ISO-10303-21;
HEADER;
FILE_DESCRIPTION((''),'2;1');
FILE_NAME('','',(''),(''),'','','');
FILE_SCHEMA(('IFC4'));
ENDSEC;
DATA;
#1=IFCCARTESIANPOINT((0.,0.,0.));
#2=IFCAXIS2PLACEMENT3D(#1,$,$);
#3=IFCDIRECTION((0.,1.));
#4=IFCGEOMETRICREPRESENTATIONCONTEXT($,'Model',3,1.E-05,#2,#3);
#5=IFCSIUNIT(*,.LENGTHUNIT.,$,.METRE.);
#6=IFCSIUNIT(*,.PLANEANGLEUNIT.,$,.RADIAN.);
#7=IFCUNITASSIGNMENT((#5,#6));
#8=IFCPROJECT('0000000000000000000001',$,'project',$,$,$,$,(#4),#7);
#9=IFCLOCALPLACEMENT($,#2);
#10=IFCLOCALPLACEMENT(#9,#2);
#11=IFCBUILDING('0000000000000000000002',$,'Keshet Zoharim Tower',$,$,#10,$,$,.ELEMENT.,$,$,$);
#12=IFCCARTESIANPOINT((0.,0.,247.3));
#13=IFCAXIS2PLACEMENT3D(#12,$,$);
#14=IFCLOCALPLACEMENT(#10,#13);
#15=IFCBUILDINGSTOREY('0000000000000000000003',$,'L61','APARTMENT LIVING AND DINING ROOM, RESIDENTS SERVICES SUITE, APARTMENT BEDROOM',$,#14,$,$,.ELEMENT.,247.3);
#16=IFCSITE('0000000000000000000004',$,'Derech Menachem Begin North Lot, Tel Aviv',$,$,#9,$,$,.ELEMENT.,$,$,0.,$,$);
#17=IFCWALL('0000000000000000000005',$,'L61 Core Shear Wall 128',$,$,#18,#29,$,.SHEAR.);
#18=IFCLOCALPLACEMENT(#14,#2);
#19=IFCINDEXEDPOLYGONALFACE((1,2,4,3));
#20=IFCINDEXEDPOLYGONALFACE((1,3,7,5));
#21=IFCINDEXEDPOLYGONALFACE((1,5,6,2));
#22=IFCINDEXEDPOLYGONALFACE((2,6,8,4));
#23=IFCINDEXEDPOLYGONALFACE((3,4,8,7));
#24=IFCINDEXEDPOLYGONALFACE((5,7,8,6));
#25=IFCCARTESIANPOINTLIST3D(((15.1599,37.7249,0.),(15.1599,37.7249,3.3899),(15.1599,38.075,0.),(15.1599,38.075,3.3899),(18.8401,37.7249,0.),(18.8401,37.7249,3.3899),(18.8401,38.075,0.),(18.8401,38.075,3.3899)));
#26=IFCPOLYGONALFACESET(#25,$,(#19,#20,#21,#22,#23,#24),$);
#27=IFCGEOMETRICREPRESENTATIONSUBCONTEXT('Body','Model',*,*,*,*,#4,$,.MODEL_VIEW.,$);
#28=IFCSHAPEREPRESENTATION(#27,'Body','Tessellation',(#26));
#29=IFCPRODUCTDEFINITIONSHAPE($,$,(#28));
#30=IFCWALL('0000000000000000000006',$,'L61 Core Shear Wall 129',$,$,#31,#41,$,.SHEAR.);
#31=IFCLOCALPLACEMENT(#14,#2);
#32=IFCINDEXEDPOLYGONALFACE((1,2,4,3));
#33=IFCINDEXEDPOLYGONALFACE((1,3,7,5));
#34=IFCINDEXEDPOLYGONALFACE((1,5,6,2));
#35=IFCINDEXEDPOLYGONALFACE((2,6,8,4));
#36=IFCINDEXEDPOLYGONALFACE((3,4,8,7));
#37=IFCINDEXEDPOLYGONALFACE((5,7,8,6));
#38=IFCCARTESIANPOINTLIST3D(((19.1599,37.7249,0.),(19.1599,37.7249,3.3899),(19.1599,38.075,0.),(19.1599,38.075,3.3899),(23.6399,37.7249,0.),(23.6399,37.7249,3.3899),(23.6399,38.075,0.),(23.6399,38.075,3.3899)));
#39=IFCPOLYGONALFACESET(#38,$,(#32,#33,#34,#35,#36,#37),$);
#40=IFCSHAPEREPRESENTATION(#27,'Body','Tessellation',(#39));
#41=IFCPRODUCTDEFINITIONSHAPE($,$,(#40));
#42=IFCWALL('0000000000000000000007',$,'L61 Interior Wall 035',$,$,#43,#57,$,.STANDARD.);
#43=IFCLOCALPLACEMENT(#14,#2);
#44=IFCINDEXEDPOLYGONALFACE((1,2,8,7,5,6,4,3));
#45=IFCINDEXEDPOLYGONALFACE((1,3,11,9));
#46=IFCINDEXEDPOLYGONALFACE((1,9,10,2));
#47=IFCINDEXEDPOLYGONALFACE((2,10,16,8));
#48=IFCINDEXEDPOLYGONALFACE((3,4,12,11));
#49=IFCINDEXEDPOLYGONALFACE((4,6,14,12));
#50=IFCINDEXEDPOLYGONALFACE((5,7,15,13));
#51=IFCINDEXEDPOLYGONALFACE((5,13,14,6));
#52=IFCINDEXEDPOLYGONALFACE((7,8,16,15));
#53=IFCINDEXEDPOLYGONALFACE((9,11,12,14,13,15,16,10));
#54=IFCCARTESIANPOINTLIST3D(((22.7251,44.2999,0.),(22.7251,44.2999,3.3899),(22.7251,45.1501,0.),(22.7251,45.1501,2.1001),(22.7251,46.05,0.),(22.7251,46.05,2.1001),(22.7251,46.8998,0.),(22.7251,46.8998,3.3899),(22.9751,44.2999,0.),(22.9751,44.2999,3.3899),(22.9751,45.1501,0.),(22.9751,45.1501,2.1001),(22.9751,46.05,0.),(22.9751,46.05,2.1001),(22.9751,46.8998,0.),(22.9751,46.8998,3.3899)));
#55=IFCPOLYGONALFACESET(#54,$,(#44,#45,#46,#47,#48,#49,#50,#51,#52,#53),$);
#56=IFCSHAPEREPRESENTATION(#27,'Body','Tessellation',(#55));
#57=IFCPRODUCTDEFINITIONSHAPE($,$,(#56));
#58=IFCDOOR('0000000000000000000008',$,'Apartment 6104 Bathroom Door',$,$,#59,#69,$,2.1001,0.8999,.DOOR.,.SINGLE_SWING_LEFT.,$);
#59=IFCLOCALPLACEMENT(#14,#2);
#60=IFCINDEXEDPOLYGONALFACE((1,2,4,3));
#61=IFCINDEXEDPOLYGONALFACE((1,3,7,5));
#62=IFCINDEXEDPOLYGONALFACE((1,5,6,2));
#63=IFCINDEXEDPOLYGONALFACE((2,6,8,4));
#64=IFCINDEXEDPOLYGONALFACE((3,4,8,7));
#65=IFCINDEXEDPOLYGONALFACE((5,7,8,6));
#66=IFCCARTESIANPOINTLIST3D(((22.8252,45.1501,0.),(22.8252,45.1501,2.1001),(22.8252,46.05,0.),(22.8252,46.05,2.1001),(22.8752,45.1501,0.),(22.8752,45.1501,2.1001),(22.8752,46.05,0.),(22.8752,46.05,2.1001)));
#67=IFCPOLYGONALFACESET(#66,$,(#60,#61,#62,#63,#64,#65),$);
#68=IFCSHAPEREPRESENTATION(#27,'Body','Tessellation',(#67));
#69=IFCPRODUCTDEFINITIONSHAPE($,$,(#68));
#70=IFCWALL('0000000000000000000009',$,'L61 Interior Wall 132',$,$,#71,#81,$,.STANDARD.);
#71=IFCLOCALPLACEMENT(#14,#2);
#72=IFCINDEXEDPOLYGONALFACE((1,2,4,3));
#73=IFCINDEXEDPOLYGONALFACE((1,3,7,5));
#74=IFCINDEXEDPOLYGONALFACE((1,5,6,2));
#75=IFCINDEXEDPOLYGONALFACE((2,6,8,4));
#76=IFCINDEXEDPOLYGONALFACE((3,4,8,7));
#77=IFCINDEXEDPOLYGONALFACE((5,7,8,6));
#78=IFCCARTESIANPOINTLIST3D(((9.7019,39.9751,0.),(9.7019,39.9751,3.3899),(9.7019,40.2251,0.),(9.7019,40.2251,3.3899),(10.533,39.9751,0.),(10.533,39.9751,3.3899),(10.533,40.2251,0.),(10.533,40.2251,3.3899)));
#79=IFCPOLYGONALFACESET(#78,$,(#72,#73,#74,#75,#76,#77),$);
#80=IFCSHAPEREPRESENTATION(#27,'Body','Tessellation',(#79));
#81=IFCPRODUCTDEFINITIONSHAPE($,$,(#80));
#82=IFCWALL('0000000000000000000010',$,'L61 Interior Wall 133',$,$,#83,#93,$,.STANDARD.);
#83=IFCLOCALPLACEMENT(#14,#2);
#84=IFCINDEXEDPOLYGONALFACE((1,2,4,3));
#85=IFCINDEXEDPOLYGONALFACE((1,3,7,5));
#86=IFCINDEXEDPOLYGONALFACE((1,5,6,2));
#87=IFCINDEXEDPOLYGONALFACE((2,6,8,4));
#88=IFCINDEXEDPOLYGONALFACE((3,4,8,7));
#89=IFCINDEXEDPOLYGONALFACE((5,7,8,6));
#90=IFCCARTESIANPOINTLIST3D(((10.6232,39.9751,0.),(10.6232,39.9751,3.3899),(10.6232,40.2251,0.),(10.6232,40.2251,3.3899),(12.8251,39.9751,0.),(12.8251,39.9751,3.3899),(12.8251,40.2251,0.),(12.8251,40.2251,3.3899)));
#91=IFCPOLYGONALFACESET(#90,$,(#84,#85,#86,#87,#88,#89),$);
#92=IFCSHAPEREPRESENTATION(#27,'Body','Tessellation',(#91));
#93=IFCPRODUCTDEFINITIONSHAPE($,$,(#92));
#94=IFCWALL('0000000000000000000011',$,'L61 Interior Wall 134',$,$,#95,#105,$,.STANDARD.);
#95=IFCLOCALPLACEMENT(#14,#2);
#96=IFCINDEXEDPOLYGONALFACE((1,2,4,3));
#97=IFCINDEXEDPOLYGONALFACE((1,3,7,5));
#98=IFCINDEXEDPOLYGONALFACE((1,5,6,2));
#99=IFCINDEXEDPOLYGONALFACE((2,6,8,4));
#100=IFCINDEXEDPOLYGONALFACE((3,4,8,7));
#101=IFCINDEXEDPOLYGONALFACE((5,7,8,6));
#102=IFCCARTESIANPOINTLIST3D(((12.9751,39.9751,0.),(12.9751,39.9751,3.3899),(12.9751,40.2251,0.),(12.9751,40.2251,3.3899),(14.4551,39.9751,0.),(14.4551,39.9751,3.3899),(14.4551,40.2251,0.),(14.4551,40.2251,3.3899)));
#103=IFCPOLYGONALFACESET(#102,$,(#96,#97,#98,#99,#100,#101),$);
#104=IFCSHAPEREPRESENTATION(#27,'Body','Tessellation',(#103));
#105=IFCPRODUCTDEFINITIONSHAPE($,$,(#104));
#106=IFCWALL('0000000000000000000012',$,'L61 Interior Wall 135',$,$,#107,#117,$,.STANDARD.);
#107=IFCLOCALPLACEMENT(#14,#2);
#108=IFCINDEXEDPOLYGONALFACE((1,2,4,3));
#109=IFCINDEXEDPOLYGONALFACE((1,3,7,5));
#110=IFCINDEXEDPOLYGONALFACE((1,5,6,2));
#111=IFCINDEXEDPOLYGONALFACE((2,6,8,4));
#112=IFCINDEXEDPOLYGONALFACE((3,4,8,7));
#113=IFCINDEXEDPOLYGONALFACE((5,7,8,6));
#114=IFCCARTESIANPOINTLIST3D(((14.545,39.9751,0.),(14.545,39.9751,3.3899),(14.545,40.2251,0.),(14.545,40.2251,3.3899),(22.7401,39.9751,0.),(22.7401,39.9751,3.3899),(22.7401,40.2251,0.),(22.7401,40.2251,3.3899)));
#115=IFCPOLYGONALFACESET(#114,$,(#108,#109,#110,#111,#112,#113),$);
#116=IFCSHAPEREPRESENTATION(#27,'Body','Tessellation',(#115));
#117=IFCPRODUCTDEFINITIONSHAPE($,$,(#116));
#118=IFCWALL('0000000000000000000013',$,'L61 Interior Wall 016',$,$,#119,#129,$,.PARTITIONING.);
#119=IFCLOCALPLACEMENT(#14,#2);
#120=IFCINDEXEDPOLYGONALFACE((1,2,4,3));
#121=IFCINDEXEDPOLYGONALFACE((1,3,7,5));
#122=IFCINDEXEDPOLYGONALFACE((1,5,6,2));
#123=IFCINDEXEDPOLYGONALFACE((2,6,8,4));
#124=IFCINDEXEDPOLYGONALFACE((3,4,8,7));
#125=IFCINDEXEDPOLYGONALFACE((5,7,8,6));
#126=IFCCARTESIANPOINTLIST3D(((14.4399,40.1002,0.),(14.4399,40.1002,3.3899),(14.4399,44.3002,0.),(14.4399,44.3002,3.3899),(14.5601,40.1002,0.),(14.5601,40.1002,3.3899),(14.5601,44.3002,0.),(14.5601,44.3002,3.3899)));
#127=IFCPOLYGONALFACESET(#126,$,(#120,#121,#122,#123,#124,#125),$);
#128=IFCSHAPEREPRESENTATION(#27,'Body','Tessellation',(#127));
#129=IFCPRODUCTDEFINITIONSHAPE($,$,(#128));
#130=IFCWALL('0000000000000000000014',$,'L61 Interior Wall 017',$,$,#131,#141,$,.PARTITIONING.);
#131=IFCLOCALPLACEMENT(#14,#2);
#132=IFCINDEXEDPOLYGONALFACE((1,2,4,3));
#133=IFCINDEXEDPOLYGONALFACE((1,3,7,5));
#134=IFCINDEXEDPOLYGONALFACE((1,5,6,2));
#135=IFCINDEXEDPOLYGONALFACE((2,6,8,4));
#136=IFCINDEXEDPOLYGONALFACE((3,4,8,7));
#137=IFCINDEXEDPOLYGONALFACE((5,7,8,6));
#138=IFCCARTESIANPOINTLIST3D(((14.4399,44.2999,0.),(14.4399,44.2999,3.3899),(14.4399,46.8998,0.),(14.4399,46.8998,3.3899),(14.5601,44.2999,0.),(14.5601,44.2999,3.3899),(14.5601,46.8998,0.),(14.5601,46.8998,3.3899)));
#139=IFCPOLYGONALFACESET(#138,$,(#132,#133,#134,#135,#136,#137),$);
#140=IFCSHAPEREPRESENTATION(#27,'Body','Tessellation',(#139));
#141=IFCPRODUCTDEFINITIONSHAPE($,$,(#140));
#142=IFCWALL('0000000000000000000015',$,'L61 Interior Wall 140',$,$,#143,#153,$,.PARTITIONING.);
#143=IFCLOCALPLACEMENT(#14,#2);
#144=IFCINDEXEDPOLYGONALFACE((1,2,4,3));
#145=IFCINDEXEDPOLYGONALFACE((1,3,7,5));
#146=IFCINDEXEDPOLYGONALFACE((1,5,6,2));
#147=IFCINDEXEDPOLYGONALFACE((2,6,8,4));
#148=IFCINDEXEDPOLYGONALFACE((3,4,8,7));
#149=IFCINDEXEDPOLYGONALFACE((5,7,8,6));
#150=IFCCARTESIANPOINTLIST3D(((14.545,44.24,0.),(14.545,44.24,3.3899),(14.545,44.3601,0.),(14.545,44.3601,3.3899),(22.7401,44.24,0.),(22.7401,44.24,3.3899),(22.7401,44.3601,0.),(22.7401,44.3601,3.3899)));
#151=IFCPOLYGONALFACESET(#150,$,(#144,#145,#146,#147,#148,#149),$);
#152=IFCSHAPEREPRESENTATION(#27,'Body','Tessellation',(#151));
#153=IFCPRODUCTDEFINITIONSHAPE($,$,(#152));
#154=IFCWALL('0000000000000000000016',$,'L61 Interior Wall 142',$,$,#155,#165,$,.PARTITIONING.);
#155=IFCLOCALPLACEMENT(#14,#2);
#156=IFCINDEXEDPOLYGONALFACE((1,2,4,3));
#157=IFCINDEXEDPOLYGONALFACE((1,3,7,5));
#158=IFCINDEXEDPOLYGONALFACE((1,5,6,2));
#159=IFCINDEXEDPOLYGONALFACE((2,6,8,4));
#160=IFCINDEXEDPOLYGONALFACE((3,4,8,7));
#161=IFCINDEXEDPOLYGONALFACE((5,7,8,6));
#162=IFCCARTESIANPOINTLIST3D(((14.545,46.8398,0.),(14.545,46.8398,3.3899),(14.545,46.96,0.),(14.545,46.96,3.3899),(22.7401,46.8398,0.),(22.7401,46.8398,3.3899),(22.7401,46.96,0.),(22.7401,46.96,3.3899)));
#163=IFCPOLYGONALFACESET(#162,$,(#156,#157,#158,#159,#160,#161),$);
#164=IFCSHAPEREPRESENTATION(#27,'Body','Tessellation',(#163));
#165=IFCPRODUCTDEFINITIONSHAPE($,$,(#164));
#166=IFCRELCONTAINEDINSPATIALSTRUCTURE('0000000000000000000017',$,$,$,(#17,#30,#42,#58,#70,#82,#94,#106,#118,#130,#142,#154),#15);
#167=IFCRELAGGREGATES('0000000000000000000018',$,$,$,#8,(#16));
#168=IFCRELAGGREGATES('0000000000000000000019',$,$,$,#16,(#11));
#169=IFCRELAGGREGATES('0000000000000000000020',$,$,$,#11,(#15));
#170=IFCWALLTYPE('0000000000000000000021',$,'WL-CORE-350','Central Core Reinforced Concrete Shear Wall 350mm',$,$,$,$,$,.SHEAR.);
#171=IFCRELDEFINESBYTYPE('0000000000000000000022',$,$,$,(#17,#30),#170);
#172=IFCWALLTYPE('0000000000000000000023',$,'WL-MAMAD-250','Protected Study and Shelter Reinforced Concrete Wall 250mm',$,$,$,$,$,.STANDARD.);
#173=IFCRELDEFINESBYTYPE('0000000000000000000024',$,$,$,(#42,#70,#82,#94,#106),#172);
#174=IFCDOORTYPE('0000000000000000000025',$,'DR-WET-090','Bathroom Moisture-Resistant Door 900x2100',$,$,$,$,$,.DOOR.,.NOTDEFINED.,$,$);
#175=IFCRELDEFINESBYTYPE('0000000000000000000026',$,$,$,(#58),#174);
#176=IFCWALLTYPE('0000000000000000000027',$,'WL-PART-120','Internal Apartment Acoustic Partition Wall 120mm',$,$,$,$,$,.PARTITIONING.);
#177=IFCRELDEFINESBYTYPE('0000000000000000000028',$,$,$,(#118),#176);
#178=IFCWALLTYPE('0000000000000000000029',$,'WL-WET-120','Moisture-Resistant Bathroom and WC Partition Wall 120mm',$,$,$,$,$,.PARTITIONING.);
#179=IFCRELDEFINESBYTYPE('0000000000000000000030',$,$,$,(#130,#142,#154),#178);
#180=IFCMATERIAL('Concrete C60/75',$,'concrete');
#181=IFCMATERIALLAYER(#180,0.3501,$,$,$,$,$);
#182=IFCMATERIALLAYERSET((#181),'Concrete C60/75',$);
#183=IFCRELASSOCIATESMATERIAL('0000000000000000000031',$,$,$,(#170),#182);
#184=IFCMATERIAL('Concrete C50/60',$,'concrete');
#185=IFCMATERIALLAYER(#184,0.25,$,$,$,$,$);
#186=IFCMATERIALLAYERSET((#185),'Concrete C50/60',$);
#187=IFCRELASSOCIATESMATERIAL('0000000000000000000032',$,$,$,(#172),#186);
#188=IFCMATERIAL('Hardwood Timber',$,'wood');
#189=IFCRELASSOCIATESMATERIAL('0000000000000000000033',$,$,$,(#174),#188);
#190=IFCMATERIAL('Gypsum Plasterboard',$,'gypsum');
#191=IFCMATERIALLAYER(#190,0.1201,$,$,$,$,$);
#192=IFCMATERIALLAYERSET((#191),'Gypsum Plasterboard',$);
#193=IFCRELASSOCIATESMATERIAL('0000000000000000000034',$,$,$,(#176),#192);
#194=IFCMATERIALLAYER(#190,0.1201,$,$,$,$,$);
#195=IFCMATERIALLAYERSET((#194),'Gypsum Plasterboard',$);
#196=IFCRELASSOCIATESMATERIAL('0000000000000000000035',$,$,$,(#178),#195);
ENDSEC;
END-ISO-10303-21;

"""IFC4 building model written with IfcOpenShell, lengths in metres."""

from ifc_helpers import new_model, si_unit, direction, frame, frame_2d, origin, place, context, subcontext, project, spatial, rectangle, extrude, material, layer, layer_set, type_object, element, fill, save


model = new_model("IFC4")

# Units and contexts
model_context = context("Model", 3, precision=1e-05, world=origin(), true_north=direction((0.0, 1.0)))
body_context = subcontext(model_context, "Body", "Model", "MODEL_VIEW")
ifc_project = project(units=[si_unit("LENGTHUNIT", "METRE"), si_unit("PLANEANGLEUNIT", "RADIAN")], contexts=[model_context])

# Site, building, storey
site_placement = place(None, origin())
site = spatial("IfcSite", under=ifc_project, at=site_placement, Name="Derech Menachem Begin North Lot, Tel Aviv", CompositionType="ELEMENT", RefElevation=0.0)
building_placement = place(site_placement, origin())
building = spatial("IfcBuilding", under=site, at=building_placement, Name="Keshet Zoharim Tower", CompositionType="ELEMENT")
storey_placement = place(building_placement, frame((0.0, 0.0, 247.3)))
storey = spatial("IfcBuildingStorey", under=building, at=storey_placement, Name="L61", Description="APARTMENT LIVING AND DINING ROOM, RESIDENTS SERVICES SUITE, APARTMENT BEDROOM", CompositionType="ELEMENT", Elevation=247.3)

# Walls
ifc_material_1 = material(Name="Concrete C60/75", Category="concrete")
ifc_layer_1 = layer(ifc_material_1, 0.3501)
ifc_layer_set_1 = layer_set([ifc_layer_1], Name="Concrete C60/75")
wall_type_1 = type_object("IfcWallType", Name="WL-CORE-350", Description="Central Core Reinforced Concrete Shear Wall 350mm", PredefinedType="SHEAR", material=ifc_layer_set_1)
wall_1_placement = place(storey_placement, frame((15.1599, 37.8999, 0.0), z_axis=(0.0, 0.0, 1.0), x_axis=(1.0, 0.0, 0.0)))
element("IfcWall", 1, at=wall_1_placement, inside=storey, type_object=wall_type_1, Name="L61 Core Shear Wall 128", PredefinedType="SHEAR", context=body_context, shape_type="SweptSolid", body=[
    extrude(rectangle(XDim=3.6802, YDim=0.3501, at=frame_2d((1.8401, 0.0))), origin(), (0.0, 0.0, 1.0), 3.3899),
])
wall_2_placement = place(storey_placement, frame((19.1599, 37.8999, 0.0), z_axis=(0.0, 0.0, 1.0), x_axis=(1.0, 0.0, 0.0)))
element("IfcWall", 2, at=wall_2_placement, inside=storey, type_object=wall_type_1, Name="L61 Core Shear Wall 129", PredefinedType="SHEAR", context=body_context, shape_type="SweptSolid", body=[
    extrude(rectangle(XDim=4.48, YDim=0.3501, at=frame_2d((2.24, 0.0))), origin(), (0.0, 0.0, 1.0), 3.3899),
])

# Wall, opening, door
ifc_material_2 = material(Name="Concrete C50/60", Category="concrete")
ifc_layer_2 = layer(ifc_material_2, 0.25)
ifc_layer_set_2 = layer_set([ifc_layer_2], Name="Concrete C50/60")
wall_type_2 = type_object("IfcWallType", Name="WL-MAMAD-250", Description="Protected Study and Shelter Reinforced Concrete Wall 250mm", PredefinedType="STANDARD", material=ifc_layer_set_2)
ifc_material_3 = material(Name="Hardwood Timber", Category="wood")
wall_3_placement = place(storey_placement, frame((22.8501, 44.3, 0.0), z_axis=(0.0, 0.0, 1.0), x_axis=(0.0, 1.0, 0.0)))
wall_3 = element("IfcWall", 3, at=wall_3_placement, inside=storey, type_object=wall_type_2, Name="L61 Interior Wall 035", PredefinedType="STANDARD", context=body_context, shape_type="SweptSolid", body=[
    extrude(rectangle(XDim=2.5999, YDim=0.25, at=frame_2d((1.2998, 0.0))), origin(), (0.0, 0.0, 1.0), 3.3899),
])
opening_1_placement = place(wall_3_placement, frame((0.8501, 0.0, 0.0)))
opening_1 = element("IfcOpeningElement", 4, at=opening_1_placement, cuts=wall_3, PredefinedType="OPENING", context=body_context, shape_type="SweptSolid", body=[
    extrude(rectangle(XDim=0.8999, YDim=2.1001, at=frame_2d((0.45, 1.05))), frame((0.0, 0.135, 0.0), z_axis=(0.0, -1.0, 0.0), x_axis=(1.0, 0.0, 0.0)), (0.0, 0.0, 1.0), 0.27),
])
door_type_1 = type_object("IfcDoorType", Name="DR-WET-090", Description="Bathroom Moisture-Resistant Door 900x2100", OperationType="NOTDEFINED", PredefinedType="DOOR", material=ifc_material_3)
door_1_placement = place(opening_1_placement, origin())
door_1 = element("IfcDoor", 5, at=door_1_placement, inside=storey, type_object=door_type_1, Name="Apartment 6104 Bathroom Door", OperationType="SINGLE_SWING_LEFT", OverallHeight=2.1001, OverallWidth=0.8999, PredefinedType="DOOR", context=body_context, shape_type="SweptSolid", body=[
    extrude(rectangle(XDim=0.8999, YDim=2.1001, at=frame_2d((0.45, 1.05))), frame((0.0, 0.0249, 0.0), z_axis=(0.0, -1.0, 0.0), x_axis=(1.0, 0.0, 0.0)), (0.0, 0.0, 1.0), 0.05),
])
fill(opening_1, door_1)

# Walls
wall_4_placement = place(storey_placement, frame((9.7019, 40.1001, 0.0), z_axis=(0.0, 0.0, 1.0), x_axis=(1.0, 0.0, 0.0)))
element("IfcWall", 6, at=wall_4_placement, inside=storey, type_object=wall_type_2, Name="L61 Interior Wall 132", PredefinedType="STANDARD", context=body_context, shape_type="SweptSolid", body=[
    extrude(rectangle(XDim=0.8311, YDim=0.25, at=frame_2d((0.4155, 0.0))), origin(), (0.0, 0.0, 1.0), 3.3899),
])
wall_5_placement = place(storey_placement, frame((10.623, 40.1001, 0.0), z_axis=(0.0, 0.0, 1.0), x_axis=(1.0, 0.0, 0.0)))
element("IfcWall", 7, at=wall_5_placement, inside=storey, type_object=wall_type_2, Name="L61 Interior Wall 133", PredefinedType="STANDARD", context=body_context, shape_type="SweptSolid", body=[
    extrude(rectangle(XDim=2.2019, YDim=0.25, at=frame_2d((1.1011, 0.0))), origin(), (0.0, 0.0, 1.0), 3.3899),
])
wall_6_placement = place(storey_placement, frame((12.9751, 40.1001, 0.0), z_axis=(0.0, 0.0, 1.0), x_axis=(1.0, 0.0, 0.0)))
element("IfcWall", 8, at=wall_6_placement, inside=storey, type_object=wall_type_2, Name="L61 Interior Wall 134", PredefinedType="STANDARD", context=body_context, shape_type="SweptSolid", body=[
    extrude(rectangle(XDim=1.48, YDim=0.25, at=frame_2d((0.74, 0.0))), origin(), (0.0, 0.0, 1.0), 3.3899),
])
wall_7_placement = place(storey_placement, frame((14.5449, 40.1001, 0.0), z_axis=(0.0, 0.0, 1.0), x_axis=(1.0, 0.0, 0.0)))
element("IfcWall", 9, at=wall_7_placement, inside=storey, type_object=wall_type_2, Name="L61 Interior Wall 135", PredefinedType="STANDARD", context=body_context, shape_type="SweptSolid", body=[
    extrude(rectangle(XDim=8.1951, YDim=0.25, at=frame_2d((4.0977, 0.0))), origin(), (0.0, 0.0, 1.0), 3.3899),
])
ifc_material_4 = material(Name="Gypsum Plasterboard", Category="gypsum")
ifc_layer_3 = layer(ifc_material_4, 0.1201)
ifc_layer_set_3 = layer_set([ifc_layer_3], Name="Gypsum Plasterboard")
wall_type_3 = type_object("IfcWallType", Name="WL-PART-120", Description="Internal Apartment Acoustic Partition Wall 120mm", PredefinedType="PARTITIONING", material=ifc_layer_set_3)
wall_8_placement = place(storey_placement, frame((14.5, 40.1001, 0.0), z_axis=(0.0, 0.0, 1.0), x_axis=(0.0, 1.0, 0.0)))
element("IfcWall", 10, at=wall_8_placement, inside=storey, type_object=wall_type_3, Name="L61 Interior Wall 016", PredefinedType="PARTITIONING", context=body_context, shape_type="SweptSolid", body=[
    extrude(rectangle(XDim=4.2, YDim=0.1201, at=frame_2d((2.1001, 0.0))), origin(), (0.0, 0.0, 1.0), 3.3899),
])
ifc_layer_4 = layer(ifc_material_4, 0.1201)
ifc_layer_set_4 = layer_set([ifc_layer_4], Name="Gypsum Plasterboard")
wall_type_4 = type_object("IfcWallType", Name="WL-WET-120", Description="Moisture-Resistant Bathroom and WC Partition Wall 120mm", PredefinedType="PARTITIONING", material=ifc_layer_set_4)
wall_9_placement = place(storey_placement, frame((14.5, 44.3, 0.0), z_axis=(0.0, 0.0, 1.0), x_axis=(0.0, 1.0, 0.0)))
element("IfcWall", 11, at=wall_9_placement, inside=storey, type_object=wall_type_4, Name="L61 Interior Wall 017", PredefinedType="PARTITIONING", context=body_context, shape_type="SweptSolid", body=[
    extrude(rectangle(XDim=2.5999, YDim=0.1201, at=frame_2d((1.2998, 0.0))), origin(), (0.0, 0.0, 1.0), 3.3899),
])
for number, where, z_axis, x_axis, name in (
    (12, (14.5449, 44.3, 0.0), (0.0, 0.0, 1.0), (1.0, 0.0, 0.0), "L61 Interior Wall 140"),
    (13, (14.5449, 46.8999, 0.0), (0.0, 0.0, 1.0), (1.0, 0.0, 0.0), "L61 Interior Wall 142"),
):
    element("IfcWall", number, at=place(storey_placement, frame(where, z_axis=z_axis, x_axis=x_axis)), inside=storey, type_object=wall_type_4, Name=name, PredefinedType="PARTITIONING", context=body_context, shape_type="SweptSolid", body=[
        extrude(rectangle(XDim=8.1951, YDim=0.1201, at=frame_2d((4.0977, 0.0))), origin(), (0.0, 0.0, 1.0), 3.3899),
    ])

save(model, "model.ifc")
